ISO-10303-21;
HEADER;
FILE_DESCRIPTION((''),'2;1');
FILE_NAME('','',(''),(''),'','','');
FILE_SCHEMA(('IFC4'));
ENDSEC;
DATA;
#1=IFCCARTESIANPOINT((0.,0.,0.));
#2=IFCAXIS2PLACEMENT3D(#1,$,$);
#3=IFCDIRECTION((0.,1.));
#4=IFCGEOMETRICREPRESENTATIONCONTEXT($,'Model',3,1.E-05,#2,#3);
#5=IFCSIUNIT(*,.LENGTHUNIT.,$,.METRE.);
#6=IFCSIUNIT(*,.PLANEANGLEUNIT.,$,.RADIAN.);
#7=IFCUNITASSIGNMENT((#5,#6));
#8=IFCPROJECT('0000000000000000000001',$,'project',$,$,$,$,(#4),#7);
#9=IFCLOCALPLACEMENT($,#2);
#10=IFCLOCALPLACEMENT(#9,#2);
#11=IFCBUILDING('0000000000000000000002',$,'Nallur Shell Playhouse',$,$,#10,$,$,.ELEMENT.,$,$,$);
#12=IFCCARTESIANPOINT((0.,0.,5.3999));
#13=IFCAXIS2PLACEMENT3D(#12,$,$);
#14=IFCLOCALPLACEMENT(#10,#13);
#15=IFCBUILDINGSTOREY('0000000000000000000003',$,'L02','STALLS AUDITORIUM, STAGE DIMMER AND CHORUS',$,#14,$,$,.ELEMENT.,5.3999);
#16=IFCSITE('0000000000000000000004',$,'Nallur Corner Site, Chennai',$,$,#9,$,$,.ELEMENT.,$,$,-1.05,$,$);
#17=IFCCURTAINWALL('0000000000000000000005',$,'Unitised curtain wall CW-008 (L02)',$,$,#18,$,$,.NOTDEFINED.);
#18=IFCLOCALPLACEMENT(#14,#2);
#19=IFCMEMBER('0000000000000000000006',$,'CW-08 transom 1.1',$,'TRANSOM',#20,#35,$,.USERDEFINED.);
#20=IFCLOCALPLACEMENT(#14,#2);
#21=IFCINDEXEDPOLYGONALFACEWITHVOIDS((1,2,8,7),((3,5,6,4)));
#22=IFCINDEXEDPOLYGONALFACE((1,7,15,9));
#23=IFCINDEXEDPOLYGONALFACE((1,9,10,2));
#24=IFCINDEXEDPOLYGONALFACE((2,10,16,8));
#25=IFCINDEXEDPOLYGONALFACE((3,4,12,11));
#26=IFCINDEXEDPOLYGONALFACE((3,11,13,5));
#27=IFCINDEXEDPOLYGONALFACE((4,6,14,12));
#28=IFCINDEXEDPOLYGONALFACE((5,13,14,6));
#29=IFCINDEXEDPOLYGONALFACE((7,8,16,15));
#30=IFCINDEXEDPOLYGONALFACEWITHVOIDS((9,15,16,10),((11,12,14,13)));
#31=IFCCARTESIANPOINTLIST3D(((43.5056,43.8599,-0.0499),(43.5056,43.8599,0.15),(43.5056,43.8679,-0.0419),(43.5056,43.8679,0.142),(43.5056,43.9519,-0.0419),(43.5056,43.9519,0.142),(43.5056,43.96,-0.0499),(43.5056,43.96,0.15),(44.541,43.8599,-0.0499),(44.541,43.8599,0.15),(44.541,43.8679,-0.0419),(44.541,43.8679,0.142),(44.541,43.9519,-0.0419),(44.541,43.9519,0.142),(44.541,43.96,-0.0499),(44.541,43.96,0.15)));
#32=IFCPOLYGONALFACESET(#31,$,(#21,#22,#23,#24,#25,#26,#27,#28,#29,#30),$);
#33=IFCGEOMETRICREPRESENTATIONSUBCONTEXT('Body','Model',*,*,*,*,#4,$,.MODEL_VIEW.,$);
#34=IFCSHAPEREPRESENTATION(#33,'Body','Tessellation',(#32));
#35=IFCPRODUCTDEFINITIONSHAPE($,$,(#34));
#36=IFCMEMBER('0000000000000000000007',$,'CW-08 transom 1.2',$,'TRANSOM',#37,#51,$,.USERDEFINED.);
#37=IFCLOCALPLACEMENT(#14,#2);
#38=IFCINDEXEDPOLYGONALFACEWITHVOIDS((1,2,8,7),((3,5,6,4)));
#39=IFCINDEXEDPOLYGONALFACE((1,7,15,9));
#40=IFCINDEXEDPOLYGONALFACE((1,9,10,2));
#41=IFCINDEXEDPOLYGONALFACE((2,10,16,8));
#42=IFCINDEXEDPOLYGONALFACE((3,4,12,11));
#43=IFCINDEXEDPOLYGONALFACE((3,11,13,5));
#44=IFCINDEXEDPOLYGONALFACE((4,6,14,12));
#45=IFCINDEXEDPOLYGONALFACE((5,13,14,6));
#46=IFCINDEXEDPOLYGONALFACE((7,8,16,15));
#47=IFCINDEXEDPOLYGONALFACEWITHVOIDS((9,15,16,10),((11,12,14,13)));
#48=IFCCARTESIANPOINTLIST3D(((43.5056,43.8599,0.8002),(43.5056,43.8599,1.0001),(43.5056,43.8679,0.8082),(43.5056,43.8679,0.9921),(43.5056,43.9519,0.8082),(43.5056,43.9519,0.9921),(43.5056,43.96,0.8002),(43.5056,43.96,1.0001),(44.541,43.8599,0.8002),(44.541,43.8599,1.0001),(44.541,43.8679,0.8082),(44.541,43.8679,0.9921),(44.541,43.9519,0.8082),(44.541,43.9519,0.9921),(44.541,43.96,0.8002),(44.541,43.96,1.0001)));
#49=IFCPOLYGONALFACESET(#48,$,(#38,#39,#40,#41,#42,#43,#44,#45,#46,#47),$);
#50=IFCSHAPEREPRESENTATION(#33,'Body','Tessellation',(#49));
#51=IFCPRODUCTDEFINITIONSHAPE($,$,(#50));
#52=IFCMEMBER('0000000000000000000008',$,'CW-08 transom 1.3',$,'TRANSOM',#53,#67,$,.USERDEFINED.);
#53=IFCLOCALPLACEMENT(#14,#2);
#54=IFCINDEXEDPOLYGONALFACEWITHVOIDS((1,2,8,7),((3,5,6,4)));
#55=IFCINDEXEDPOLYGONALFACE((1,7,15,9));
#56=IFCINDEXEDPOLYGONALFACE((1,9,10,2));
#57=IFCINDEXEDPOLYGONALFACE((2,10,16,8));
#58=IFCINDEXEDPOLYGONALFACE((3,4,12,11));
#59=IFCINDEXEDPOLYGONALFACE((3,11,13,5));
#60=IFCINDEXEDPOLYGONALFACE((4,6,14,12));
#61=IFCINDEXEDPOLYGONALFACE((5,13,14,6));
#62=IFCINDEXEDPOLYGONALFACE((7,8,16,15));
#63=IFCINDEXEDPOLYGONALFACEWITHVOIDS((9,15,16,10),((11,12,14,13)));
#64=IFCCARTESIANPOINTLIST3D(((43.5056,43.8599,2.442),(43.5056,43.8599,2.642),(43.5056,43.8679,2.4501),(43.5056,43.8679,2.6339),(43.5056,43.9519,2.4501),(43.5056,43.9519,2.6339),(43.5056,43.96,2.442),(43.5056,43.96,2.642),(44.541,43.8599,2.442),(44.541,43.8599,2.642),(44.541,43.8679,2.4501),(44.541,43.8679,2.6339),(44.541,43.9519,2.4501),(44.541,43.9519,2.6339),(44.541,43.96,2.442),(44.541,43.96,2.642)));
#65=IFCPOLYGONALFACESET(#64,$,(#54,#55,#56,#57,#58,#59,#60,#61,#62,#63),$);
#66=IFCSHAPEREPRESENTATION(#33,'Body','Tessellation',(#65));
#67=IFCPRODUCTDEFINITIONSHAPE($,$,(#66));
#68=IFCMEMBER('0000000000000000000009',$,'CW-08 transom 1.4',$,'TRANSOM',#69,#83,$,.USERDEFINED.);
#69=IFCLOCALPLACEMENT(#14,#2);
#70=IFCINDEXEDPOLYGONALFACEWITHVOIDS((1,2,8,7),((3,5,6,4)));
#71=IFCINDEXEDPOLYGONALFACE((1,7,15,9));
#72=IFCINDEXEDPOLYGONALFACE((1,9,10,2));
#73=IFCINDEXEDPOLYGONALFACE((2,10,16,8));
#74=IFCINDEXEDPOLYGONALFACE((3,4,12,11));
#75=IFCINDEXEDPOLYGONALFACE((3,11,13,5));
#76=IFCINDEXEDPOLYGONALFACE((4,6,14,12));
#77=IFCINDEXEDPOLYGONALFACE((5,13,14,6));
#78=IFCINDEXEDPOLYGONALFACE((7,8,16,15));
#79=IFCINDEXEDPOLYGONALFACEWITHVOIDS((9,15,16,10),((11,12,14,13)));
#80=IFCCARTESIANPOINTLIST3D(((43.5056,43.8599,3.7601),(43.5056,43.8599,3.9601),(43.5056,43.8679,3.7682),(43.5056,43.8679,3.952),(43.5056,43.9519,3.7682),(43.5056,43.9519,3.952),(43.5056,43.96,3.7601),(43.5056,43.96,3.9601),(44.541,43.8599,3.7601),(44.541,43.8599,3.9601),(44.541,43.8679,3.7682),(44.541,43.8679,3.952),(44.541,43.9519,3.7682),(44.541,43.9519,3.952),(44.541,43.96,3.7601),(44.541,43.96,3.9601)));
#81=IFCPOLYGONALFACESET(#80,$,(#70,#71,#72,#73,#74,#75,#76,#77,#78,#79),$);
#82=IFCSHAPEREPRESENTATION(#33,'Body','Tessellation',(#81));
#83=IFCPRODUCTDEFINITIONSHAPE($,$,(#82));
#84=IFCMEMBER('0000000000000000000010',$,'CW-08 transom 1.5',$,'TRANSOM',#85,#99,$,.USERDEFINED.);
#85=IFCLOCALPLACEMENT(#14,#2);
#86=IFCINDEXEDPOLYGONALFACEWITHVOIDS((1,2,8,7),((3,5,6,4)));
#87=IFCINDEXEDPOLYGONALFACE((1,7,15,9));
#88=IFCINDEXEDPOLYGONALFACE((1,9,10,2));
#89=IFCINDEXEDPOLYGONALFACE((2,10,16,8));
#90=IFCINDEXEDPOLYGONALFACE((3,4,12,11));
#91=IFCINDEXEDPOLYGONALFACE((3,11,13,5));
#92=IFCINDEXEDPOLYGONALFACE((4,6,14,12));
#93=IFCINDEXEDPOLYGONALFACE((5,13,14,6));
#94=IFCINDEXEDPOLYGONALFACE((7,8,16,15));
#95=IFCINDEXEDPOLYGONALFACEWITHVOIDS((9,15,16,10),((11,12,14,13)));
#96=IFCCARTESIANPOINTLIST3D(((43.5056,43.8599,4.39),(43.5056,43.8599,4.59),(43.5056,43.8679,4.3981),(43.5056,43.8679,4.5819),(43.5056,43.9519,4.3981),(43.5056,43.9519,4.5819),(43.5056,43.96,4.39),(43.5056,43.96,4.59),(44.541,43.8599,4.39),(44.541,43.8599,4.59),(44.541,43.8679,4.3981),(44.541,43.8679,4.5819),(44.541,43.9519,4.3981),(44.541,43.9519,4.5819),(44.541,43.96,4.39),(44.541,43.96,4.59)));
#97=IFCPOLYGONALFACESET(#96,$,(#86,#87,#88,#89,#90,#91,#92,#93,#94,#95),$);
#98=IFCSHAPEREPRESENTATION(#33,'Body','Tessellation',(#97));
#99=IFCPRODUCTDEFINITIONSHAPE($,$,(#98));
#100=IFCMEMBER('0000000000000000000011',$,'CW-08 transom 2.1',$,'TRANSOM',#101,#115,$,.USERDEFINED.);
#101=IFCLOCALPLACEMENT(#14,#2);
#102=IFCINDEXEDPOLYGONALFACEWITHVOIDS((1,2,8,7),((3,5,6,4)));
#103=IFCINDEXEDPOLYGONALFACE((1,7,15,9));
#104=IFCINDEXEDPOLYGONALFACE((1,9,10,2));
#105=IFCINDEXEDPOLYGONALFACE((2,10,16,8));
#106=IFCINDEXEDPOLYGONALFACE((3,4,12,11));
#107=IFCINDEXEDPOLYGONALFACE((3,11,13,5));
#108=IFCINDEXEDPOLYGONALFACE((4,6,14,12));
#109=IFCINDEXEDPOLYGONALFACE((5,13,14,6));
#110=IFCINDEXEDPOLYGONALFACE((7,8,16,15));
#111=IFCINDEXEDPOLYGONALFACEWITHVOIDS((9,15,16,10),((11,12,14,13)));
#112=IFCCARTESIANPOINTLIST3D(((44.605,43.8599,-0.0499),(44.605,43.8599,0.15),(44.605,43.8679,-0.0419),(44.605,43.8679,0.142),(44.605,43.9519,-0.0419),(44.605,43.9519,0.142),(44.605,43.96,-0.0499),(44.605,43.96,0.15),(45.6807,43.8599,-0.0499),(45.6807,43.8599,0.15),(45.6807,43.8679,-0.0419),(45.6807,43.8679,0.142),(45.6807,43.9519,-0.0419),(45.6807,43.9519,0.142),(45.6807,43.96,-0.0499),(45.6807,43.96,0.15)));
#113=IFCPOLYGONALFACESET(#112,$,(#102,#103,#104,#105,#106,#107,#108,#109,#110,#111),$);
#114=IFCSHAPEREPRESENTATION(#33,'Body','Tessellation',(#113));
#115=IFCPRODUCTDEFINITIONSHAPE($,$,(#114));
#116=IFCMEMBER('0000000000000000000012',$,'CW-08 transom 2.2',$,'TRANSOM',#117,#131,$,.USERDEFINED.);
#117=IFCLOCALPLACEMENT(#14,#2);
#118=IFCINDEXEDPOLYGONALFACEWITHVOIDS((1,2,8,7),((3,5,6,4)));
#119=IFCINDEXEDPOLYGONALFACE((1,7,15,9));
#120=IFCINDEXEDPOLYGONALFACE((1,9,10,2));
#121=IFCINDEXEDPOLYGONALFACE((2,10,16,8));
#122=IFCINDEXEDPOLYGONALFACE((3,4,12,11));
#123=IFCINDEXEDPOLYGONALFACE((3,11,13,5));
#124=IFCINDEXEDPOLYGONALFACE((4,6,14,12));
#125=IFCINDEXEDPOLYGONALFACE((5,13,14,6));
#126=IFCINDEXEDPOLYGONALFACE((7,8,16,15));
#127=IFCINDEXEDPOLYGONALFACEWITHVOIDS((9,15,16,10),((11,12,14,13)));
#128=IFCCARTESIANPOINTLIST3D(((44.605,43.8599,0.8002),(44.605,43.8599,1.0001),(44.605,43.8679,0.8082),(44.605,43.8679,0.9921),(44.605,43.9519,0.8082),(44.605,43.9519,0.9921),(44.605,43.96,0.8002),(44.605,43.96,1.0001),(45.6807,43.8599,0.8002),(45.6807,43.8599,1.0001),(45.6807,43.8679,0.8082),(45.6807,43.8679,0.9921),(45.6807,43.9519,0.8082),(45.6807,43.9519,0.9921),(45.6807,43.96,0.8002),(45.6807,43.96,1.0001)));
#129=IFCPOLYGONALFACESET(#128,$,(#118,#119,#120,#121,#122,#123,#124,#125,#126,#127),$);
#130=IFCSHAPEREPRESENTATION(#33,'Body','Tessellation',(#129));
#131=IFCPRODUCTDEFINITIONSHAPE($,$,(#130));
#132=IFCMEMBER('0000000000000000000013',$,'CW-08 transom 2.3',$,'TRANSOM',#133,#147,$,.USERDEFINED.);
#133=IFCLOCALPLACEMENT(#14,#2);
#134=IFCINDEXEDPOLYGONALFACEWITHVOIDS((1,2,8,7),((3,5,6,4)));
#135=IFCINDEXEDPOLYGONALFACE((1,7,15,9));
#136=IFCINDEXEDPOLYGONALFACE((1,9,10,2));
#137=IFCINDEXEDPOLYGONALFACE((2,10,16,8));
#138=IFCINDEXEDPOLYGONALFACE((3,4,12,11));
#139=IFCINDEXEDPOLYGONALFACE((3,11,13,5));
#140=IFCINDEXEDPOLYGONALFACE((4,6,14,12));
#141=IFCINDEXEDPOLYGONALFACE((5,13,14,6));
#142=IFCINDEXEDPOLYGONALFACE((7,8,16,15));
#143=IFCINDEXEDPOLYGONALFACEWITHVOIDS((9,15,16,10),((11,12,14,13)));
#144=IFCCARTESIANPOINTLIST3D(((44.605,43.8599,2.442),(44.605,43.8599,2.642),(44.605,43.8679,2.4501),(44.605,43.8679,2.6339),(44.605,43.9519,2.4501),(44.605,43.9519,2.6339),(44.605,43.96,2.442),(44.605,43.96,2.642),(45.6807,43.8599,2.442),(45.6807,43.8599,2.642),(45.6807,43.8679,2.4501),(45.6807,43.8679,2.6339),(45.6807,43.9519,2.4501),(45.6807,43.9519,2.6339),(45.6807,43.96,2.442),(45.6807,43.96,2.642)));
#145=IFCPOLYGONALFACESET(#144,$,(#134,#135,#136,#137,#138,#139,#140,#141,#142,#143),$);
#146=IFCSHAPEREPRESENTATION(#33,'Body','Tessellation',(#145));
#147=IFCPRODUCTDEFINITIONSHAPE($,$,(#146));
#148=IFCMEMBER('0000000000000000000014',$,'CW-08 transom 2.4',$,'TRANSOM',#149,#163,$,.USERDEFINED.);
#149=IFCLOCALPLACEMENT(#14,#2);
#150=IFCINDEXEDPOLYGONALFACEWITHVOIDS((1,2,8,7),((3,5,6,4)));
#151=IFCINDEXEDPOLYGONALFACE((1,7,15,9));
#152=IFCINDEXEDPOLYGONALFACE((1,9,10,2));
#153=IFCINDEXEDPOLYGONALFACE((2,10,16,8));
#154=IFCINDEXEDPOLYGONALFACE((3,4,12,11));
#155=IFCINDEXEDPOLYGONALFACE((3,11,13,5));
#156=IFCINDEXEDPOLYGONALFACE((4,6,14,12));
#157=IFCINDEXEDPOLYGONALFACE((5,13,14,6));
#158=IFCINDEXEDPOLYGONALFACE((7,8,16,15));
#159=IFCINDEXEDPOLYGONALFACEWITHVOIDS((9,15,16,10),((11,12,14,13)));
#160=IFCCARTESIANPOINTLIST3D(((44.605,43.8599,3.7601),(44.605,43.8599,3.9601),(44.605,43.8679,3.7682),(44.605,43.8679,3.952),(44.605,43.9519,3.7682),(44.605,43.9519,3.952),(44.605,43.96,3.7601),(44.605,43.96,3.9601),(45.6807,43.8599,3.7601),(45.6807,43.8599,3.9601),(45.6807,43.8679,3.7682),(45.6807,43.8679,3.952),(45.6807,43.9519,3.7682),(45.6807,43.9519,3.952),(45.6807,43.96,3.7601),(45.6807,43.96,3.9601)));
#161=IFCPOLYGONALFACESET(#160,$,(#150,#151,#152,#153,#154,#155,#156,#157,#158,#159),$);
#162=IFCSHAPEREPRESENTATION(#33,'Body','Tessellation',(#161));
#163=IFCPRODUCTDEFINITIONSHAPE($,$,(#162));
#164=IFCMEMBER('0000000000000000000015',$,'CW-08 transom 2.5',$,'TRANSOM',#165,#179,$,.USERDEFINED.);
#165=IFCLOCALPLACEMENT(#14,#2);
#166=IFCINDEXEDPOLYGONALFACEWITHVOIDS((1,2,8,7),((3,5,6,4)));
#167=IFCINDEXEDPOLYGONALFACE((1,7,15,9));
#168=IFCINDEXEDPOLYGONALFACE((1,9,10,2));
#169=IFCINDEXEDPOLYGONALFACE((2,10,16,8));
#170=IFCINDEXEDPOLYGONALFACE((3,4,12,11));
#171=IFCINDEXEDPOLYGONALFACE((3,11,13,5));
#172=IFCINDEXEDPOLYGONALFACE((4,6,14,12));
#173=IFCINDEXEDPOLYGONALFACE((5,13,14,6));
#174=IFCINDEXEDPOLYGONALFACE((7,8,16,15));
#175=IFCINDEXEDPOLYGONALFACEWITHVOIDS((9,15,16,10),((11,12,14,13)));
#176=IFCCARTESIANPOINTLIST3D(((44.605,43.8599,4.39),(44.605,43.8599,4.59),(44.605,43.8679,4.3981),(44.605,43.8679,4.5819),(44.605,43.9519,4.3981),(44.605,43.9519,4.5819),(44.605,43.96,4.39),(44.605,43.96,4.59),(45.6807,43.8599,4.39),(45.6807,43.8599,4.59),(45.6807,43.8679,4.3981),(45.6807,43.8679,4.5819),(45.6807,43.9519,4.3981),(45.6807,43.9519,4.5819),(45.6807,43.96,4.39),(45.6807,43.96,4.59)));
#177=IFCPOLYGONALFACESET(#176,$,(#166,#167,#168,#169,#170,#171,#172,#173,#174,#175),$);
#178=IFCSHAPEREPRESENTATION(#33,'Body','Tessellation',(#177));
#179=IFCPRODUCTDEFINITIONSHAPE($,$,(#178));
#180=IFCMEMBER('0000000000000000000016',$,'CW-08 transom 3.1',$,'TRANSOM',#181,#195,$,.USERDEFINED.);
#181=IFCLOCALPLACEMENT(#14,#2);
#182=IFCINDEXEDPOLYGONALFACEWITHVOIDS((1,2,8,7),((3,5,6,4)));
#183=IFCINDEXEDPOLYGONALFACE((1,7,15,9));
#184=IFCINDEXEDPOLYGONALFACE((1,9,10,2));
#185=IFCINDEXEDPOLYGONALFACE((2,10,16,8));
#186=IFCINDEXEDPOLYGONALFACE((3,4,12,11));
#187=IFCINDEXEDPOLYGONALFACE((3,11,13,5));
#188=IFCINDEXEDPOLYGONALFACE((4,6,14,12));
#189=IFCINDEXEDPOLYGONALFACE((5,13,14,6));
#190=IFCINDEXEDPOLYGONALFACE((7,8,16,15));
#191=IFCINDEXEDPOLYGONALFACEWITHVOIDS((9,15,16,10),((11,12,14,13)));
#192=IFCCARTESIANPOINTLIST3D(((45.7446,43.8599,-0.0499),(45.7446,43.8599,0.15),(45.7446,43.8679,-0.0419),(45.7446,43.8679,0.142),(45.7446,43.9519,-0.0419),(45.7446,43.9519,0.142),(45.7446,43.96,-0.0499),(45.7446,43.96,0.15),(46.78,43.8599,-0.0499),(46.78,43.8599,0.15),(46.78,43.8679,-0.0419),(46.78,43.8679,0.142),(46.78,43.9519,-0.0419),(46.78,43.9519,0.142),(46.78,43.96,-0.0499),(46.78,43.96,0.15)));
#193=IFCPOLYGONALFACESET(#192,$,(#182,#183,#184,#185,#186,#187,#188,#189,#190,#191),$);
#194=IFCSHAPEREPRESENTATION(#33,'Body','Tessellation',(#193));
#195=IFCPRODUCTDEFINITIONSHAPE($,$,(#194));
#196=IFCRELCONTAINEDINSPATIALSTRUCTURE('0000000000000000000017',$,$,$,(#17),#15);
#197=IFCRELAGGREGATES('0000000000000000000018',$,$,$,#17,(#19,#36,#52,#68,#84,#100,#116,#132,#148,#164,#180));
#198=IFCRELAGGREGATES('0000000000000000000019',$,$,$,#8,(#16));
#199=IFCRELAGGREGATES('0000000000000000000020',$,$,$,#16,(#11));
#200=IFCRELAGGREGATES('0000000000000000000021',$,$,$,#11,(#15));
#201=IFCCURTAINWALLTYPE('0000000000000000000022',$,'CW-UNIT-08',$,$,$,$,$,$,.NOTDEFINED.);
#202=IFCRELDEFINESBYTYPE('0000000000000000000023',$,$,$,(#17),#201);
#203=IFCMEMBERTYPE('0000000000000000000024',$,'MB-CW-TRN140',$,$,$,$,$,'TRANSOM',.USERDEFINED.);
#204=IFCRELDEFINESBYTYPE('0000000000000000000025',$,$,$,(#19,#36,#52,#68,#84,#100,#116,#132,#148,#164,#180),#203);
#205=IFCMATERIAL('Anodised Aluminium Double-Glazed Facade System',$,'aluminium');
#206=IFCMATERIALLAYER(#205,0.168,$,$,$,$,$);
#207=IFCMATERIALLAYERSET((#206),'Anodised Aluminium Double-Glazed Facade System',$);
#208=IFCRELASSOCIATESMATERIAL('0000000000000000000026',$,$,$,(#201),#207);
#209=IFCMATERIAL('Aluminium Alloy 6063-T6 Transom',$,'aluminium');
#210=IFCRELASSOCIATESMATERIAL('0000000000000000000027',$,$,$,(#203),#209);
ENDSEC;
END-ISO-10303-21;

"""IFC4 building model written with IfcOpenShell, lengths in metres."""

from ifc_helpers import new_model, si_unit, direction, frame, origin, origin_2d, place, context, subcontext, project, spatial, hollow_rectangle, extrude, material, layer, layer_set, material_profile, profile_set, type_object, element, aggregate, save


model = new_model("IFC4")

# Units and contexts
model_context = context("Model", 3, precision=1e-05, world=origin(), true_north=direction((0.0, 1.0)))
body_context = subcontext(model_context, "Body", "Model", "MODEL_VIEW")
ifc_project = project(units=[si_unit("LENGTHUNIT", "METRE"), si_unit("PLANEANGLEUNIT", "RADIAN")], contexts=[model_context])

# Site, building, storey
site_placement = place(None, origin())
site = spatial("IfcSite", under=ifc_project, at=site_placement, Name="Nallur Corner Site, Chennai", CompositionType="ELEMENT", RefElevation=-1.05)
building_placement = place(site_placement, origin())
building = spatial("IfcBuilding", under=site, at=building_placement, Name="Nallur Shell Playhouse", CompositionType="ELEMENT")
storey_placement = place(building_placement, frame((0.0, 0.0, 5.3999)))
storey = spatial("IfcBuildingStorey", under=building, at=storey_placement, Name="L02", Description="STALLS AUDITORIUM, STAGE DIMMER AND CHORUS", CompositionType="ELEMENT", Elevation=5.3999)

# Curtain wall
ifc_material_1 = material(Name="Anodised Aluminium Double-Glazed Facade System", Category="aluminium")
ifc_layer_1 = layer(ifc_material_1, 0.168)
ifc_layer_set_1 = layer_set([ifc_layer_1], Name="Anodised Aluminium Double-Glazed Facade System")
curtain_wall_type_1 = type_object("IfcCurtainWallType", Name="CW-UNIT-08", PredefinedType="NOTDEFINED", material=ifc_layer_set_1)
curtain_wall_1_placement = place(storey_placement, origin())
curtain_wall_1 = element("IfcCurtainWall", 1, at=curtain_wall_1_placement, inside=storey, type_object=curtain_wall_type_1, Name="Unitised curtain wall CW-008 (L02)", PredefinedType="NOTDEFINED")
ifc_material_2 = material(Name="Aluminium Alloy 6063-T6 Transom", Category="aluminium")

# Members
ifc_material_profile_1 = material_profile(ifc_material_2, hollow_rectangle(XDim=0.1001, YDim=0.2, WallThickness=0.0081, at=origin_2d()), Name="RHS 200x100x8")
ifc_profile_set_1 = profile_set([ifc_material_profile_1], Name="Aluminium Alloy 6063-T6 Transom")
member_type_1 = type_object("IfcMemberType", Name="MB-CW-TRN140", ElementType="TRANSOM", PredefinedType="USERDEFINED", material=ifc_profile_set_1)
member_1_placement = place(storey_placement, frame((43.5056, 43.9099, 0.05), z_axis=(1.0, 0.0, 0.0), x_axis=(0.0, 1.0, 0.0)))
member_1 = element("IfcMember", 2, at=member_1_placement, type_object=member_type_1, Name="CW-08 transom 1.1", ObjectType="TRANSOM", PredefinedType="USERDEFINED", context=body_context, shape_type="SweptSolid", body=[
    extrude(hollow_rectangle(XDim=0.1001, YDim=0.2, WallThickness=0.0081, at=origin_2d()), origin(), (0.0, 0.0, 1.0), 1.0354),
])
member_2_placement = place(storey_placement, frame((43.5056, 43.9099, 0.9001), z_axis=(1.0, 0.0, 0.0), x_axis=(0.0, 1.0, 0.0)))
member_2 = element("IfcMember", 3, at=member_2_placement, type_object=member_type_1, Name="CW-08 transom 1.2", ObjectType="TRANSOM", PredefinedType="USERDEFINED", context=body_context, shape_type="SweptSolid", body=[
    extrude(hollow_rectangle(XDim=0.1001, YDim=0.2, WallThickness=0.0081, at=origin_2d()), origin(), (0.0, 0.0, 1.0), 1.0354),
])
member_3_placement = place(storey_placement, frame((43.5056, 43.9099, 2.542), z_axis=(1.0, 0.0, 0.0), x_axis=(0.0, 1.0, 0.0)))
member_3 = element("IfcMember", 4, at=member_3_placement, type_object=member_type_1, Name="CW-08 transom 1.3", ObjectType="TRANSOM", PredefinedType="USERDEFINED", context=body_context, shape_type="SweptSolid", body=[
    extrude(hollow_rectangle(XDim=0.1001, YDim=0.2, WallThickness=0.0081, at=origin_2d()), origin(), (0.0, 0.0, 1.0), 1.0354),
])
member_4_placement = place(storey_placement, frame((43.5056, 43.9099, 3.8601), z_axis=(1.0, 0.0, 0.0), x_axis=(0.0, 1.0, 0.0)))
member_4 = element("IfcMember", 5, at=member_4_placement, type_object=member_type_1, Name="CW-08 transom 1.4", ObjectType="TRANSOM", PredefinedType="USERDEFINED", context=body_context, shape_type="SweptSolid", body=[
    extrude(hollow_rectangle(XDim=0.1001, YDim=0.2, WallThickness=0.0081, at=origin_2d()), origin(), (0.0, 0.0, 1.0), 1.0354),
])
member_5_placement = place(storey_placement, frame((43.5056, 43.9099, 4.49), z_axis=(1.0, 0.0, 0.0), x_axis=(0.0, 1.0, 0.0)))
member_5 = element("IfcMember", 6, at=member_5_placement, type_object=member_type_1, Name="CW-08 transom 1.5", ObjectType="TRANSOM", PredefinedType="USERDEFINED", context=body_context, shape_type="SweptSolid", body=[
    extrude(hollow_rectangle(XDim=0.1001, YDim=0.2, WallThickness=0.0081, at=origin_2d()), origin(), (0.0, 0.0, 1.0), 1.0354),
])
member_6_placement = place(storey_placement, frame((44.605, 43.9099, 0.05), z_axis=(1.0, 0.0, 0.0), x_axis=(0.0, 1.0, 0.0)))
member_6 = element("IfcMember", 7, at=member_6_placement, type_object=member_type_1, Name="CW-08 transom 2.1", ObjectType="TRANSOM", PredefinedType="USERDEFINED", context=body_context, shape_type="SweptSolid", body=[
    extrude(hollow_rectangle(XDim=0.1001, YDim=0.2, WallThickness=0.0081, at=origin_2d()), origin(), (0.0, 0.0, 1.0), 1.0757),
])
member_7_placement = place(storey_placement, frame((44.605, 43.9099, 0.9001), z_axis=(1.0, 0.0, 0.0), x_axis=(0.0, 1.0, 0.0)))
member_7 = element("IfcMember", 8, at=member_7_placement, type_object=member_type_1, Name="CW-08 transom 2.2", ObjectType="TRANSOM", PredefinedType="USERDEFINED", context=body_context, shape_type="SweptSolid", body=[
    extrude(hollow_rectangle(XDim=0.1001, YDim=0.2, WallThickness=0.0081, at=origin_2d()), origin(), (0.0, 0.0, 1.0), 1.0757),
])
member_8_placement = place(storey_placement, frame((44.605, 43.9099, 2.542), z_axis=(1.0, 0.0, 0.0), x_axis=(0.0, 1.0, 0.0)))
member_8 = element("IfcMember", 9, at=member_8_placement, type_object=member_type_1, Name="CW-08 transom 2.3", ObjectType="TRANSOM", PredefinedType="USERDEFINED", context=body_context, shape_type="SweptSolid", body=[
    extrude(hollow_rectangle(XDim=0.1001, YDim=0.2, WallThickness=0.0081, at=origin_2d()), origin(), (0.0, 0.0, 1.0), 1.0757),
])
member_9_placement = place(storey_placement, frame((44.605, 43.9099, 3.8601), z_axis=(1.0, 0.0, 0.0), x_axis=(0.0, 1.0, 0.0)))
member_9 = element("IfcMember", 10, at=member_9_placement, type_object=member_type_1, Name="CW-08 transom 2.4", ObjectType="TRANSOM", PredefinedType="USERDEFINED", context=body_context, shape_type="SweptSolid", body=[
    extrude(hollow_rectangle(XDim=0.1001, YDim=0.2, WallThickness=0.0081, at=origin_2d()), origin(), (0.0, 0.0, 1.0), 1.0757),
])
member_10_placement = place(storey_placement, frame((44.605, 43.9099, 4.49), z_axis=(1.0, 0.0, 0.0), x_axis=(0.0, 1.0, 0.0)))
member_10 = element("IfcMember", 11, at=member_10_placement, type_object=member_type_1, Name="CW-08 transom 2.5", ObjectType="TRANSOM", PredefinedType="USERDEFINED", context=body_context, shape_type="SweptSolid", body=[
    extrude(hollow_rectangle(XDim=0.1001, YDim=0.2, WallThickness=0.0081, at=origin_2d()), origin(), (0.0, 0.0, 1.0), 1.0757),
])
member_11_placement = place(storey_placement, frame((45.7446, 43.9099, 0.05), z_axis=(1.0, 0.0, 0.0), x_axis=(0.0, 1.0, 0.0)))
member_11 = element("IfcMember", 12, at=member_11_placement, type_object=member_type_1, Name="CW-08 transom 3.1", ObjectType="TRANSOM", PredefinedType="USERDEFINED", context=body_context, shape_type="SweptSolid", body=[
    extrude(hollow_rectangle(XDim=0.1001, YDim=0.2, WallThickness=0.0081, at=origin_2d()), origin(), (0.0, 0.0, 1.0), 1.0354),
])

aggregate(curtain_wall_1, [member_1, member_2, member_3, member_4, member_5, member_6, member_7, member_8, member_9, member_10, member_11])

save(model, "model.ifc")
